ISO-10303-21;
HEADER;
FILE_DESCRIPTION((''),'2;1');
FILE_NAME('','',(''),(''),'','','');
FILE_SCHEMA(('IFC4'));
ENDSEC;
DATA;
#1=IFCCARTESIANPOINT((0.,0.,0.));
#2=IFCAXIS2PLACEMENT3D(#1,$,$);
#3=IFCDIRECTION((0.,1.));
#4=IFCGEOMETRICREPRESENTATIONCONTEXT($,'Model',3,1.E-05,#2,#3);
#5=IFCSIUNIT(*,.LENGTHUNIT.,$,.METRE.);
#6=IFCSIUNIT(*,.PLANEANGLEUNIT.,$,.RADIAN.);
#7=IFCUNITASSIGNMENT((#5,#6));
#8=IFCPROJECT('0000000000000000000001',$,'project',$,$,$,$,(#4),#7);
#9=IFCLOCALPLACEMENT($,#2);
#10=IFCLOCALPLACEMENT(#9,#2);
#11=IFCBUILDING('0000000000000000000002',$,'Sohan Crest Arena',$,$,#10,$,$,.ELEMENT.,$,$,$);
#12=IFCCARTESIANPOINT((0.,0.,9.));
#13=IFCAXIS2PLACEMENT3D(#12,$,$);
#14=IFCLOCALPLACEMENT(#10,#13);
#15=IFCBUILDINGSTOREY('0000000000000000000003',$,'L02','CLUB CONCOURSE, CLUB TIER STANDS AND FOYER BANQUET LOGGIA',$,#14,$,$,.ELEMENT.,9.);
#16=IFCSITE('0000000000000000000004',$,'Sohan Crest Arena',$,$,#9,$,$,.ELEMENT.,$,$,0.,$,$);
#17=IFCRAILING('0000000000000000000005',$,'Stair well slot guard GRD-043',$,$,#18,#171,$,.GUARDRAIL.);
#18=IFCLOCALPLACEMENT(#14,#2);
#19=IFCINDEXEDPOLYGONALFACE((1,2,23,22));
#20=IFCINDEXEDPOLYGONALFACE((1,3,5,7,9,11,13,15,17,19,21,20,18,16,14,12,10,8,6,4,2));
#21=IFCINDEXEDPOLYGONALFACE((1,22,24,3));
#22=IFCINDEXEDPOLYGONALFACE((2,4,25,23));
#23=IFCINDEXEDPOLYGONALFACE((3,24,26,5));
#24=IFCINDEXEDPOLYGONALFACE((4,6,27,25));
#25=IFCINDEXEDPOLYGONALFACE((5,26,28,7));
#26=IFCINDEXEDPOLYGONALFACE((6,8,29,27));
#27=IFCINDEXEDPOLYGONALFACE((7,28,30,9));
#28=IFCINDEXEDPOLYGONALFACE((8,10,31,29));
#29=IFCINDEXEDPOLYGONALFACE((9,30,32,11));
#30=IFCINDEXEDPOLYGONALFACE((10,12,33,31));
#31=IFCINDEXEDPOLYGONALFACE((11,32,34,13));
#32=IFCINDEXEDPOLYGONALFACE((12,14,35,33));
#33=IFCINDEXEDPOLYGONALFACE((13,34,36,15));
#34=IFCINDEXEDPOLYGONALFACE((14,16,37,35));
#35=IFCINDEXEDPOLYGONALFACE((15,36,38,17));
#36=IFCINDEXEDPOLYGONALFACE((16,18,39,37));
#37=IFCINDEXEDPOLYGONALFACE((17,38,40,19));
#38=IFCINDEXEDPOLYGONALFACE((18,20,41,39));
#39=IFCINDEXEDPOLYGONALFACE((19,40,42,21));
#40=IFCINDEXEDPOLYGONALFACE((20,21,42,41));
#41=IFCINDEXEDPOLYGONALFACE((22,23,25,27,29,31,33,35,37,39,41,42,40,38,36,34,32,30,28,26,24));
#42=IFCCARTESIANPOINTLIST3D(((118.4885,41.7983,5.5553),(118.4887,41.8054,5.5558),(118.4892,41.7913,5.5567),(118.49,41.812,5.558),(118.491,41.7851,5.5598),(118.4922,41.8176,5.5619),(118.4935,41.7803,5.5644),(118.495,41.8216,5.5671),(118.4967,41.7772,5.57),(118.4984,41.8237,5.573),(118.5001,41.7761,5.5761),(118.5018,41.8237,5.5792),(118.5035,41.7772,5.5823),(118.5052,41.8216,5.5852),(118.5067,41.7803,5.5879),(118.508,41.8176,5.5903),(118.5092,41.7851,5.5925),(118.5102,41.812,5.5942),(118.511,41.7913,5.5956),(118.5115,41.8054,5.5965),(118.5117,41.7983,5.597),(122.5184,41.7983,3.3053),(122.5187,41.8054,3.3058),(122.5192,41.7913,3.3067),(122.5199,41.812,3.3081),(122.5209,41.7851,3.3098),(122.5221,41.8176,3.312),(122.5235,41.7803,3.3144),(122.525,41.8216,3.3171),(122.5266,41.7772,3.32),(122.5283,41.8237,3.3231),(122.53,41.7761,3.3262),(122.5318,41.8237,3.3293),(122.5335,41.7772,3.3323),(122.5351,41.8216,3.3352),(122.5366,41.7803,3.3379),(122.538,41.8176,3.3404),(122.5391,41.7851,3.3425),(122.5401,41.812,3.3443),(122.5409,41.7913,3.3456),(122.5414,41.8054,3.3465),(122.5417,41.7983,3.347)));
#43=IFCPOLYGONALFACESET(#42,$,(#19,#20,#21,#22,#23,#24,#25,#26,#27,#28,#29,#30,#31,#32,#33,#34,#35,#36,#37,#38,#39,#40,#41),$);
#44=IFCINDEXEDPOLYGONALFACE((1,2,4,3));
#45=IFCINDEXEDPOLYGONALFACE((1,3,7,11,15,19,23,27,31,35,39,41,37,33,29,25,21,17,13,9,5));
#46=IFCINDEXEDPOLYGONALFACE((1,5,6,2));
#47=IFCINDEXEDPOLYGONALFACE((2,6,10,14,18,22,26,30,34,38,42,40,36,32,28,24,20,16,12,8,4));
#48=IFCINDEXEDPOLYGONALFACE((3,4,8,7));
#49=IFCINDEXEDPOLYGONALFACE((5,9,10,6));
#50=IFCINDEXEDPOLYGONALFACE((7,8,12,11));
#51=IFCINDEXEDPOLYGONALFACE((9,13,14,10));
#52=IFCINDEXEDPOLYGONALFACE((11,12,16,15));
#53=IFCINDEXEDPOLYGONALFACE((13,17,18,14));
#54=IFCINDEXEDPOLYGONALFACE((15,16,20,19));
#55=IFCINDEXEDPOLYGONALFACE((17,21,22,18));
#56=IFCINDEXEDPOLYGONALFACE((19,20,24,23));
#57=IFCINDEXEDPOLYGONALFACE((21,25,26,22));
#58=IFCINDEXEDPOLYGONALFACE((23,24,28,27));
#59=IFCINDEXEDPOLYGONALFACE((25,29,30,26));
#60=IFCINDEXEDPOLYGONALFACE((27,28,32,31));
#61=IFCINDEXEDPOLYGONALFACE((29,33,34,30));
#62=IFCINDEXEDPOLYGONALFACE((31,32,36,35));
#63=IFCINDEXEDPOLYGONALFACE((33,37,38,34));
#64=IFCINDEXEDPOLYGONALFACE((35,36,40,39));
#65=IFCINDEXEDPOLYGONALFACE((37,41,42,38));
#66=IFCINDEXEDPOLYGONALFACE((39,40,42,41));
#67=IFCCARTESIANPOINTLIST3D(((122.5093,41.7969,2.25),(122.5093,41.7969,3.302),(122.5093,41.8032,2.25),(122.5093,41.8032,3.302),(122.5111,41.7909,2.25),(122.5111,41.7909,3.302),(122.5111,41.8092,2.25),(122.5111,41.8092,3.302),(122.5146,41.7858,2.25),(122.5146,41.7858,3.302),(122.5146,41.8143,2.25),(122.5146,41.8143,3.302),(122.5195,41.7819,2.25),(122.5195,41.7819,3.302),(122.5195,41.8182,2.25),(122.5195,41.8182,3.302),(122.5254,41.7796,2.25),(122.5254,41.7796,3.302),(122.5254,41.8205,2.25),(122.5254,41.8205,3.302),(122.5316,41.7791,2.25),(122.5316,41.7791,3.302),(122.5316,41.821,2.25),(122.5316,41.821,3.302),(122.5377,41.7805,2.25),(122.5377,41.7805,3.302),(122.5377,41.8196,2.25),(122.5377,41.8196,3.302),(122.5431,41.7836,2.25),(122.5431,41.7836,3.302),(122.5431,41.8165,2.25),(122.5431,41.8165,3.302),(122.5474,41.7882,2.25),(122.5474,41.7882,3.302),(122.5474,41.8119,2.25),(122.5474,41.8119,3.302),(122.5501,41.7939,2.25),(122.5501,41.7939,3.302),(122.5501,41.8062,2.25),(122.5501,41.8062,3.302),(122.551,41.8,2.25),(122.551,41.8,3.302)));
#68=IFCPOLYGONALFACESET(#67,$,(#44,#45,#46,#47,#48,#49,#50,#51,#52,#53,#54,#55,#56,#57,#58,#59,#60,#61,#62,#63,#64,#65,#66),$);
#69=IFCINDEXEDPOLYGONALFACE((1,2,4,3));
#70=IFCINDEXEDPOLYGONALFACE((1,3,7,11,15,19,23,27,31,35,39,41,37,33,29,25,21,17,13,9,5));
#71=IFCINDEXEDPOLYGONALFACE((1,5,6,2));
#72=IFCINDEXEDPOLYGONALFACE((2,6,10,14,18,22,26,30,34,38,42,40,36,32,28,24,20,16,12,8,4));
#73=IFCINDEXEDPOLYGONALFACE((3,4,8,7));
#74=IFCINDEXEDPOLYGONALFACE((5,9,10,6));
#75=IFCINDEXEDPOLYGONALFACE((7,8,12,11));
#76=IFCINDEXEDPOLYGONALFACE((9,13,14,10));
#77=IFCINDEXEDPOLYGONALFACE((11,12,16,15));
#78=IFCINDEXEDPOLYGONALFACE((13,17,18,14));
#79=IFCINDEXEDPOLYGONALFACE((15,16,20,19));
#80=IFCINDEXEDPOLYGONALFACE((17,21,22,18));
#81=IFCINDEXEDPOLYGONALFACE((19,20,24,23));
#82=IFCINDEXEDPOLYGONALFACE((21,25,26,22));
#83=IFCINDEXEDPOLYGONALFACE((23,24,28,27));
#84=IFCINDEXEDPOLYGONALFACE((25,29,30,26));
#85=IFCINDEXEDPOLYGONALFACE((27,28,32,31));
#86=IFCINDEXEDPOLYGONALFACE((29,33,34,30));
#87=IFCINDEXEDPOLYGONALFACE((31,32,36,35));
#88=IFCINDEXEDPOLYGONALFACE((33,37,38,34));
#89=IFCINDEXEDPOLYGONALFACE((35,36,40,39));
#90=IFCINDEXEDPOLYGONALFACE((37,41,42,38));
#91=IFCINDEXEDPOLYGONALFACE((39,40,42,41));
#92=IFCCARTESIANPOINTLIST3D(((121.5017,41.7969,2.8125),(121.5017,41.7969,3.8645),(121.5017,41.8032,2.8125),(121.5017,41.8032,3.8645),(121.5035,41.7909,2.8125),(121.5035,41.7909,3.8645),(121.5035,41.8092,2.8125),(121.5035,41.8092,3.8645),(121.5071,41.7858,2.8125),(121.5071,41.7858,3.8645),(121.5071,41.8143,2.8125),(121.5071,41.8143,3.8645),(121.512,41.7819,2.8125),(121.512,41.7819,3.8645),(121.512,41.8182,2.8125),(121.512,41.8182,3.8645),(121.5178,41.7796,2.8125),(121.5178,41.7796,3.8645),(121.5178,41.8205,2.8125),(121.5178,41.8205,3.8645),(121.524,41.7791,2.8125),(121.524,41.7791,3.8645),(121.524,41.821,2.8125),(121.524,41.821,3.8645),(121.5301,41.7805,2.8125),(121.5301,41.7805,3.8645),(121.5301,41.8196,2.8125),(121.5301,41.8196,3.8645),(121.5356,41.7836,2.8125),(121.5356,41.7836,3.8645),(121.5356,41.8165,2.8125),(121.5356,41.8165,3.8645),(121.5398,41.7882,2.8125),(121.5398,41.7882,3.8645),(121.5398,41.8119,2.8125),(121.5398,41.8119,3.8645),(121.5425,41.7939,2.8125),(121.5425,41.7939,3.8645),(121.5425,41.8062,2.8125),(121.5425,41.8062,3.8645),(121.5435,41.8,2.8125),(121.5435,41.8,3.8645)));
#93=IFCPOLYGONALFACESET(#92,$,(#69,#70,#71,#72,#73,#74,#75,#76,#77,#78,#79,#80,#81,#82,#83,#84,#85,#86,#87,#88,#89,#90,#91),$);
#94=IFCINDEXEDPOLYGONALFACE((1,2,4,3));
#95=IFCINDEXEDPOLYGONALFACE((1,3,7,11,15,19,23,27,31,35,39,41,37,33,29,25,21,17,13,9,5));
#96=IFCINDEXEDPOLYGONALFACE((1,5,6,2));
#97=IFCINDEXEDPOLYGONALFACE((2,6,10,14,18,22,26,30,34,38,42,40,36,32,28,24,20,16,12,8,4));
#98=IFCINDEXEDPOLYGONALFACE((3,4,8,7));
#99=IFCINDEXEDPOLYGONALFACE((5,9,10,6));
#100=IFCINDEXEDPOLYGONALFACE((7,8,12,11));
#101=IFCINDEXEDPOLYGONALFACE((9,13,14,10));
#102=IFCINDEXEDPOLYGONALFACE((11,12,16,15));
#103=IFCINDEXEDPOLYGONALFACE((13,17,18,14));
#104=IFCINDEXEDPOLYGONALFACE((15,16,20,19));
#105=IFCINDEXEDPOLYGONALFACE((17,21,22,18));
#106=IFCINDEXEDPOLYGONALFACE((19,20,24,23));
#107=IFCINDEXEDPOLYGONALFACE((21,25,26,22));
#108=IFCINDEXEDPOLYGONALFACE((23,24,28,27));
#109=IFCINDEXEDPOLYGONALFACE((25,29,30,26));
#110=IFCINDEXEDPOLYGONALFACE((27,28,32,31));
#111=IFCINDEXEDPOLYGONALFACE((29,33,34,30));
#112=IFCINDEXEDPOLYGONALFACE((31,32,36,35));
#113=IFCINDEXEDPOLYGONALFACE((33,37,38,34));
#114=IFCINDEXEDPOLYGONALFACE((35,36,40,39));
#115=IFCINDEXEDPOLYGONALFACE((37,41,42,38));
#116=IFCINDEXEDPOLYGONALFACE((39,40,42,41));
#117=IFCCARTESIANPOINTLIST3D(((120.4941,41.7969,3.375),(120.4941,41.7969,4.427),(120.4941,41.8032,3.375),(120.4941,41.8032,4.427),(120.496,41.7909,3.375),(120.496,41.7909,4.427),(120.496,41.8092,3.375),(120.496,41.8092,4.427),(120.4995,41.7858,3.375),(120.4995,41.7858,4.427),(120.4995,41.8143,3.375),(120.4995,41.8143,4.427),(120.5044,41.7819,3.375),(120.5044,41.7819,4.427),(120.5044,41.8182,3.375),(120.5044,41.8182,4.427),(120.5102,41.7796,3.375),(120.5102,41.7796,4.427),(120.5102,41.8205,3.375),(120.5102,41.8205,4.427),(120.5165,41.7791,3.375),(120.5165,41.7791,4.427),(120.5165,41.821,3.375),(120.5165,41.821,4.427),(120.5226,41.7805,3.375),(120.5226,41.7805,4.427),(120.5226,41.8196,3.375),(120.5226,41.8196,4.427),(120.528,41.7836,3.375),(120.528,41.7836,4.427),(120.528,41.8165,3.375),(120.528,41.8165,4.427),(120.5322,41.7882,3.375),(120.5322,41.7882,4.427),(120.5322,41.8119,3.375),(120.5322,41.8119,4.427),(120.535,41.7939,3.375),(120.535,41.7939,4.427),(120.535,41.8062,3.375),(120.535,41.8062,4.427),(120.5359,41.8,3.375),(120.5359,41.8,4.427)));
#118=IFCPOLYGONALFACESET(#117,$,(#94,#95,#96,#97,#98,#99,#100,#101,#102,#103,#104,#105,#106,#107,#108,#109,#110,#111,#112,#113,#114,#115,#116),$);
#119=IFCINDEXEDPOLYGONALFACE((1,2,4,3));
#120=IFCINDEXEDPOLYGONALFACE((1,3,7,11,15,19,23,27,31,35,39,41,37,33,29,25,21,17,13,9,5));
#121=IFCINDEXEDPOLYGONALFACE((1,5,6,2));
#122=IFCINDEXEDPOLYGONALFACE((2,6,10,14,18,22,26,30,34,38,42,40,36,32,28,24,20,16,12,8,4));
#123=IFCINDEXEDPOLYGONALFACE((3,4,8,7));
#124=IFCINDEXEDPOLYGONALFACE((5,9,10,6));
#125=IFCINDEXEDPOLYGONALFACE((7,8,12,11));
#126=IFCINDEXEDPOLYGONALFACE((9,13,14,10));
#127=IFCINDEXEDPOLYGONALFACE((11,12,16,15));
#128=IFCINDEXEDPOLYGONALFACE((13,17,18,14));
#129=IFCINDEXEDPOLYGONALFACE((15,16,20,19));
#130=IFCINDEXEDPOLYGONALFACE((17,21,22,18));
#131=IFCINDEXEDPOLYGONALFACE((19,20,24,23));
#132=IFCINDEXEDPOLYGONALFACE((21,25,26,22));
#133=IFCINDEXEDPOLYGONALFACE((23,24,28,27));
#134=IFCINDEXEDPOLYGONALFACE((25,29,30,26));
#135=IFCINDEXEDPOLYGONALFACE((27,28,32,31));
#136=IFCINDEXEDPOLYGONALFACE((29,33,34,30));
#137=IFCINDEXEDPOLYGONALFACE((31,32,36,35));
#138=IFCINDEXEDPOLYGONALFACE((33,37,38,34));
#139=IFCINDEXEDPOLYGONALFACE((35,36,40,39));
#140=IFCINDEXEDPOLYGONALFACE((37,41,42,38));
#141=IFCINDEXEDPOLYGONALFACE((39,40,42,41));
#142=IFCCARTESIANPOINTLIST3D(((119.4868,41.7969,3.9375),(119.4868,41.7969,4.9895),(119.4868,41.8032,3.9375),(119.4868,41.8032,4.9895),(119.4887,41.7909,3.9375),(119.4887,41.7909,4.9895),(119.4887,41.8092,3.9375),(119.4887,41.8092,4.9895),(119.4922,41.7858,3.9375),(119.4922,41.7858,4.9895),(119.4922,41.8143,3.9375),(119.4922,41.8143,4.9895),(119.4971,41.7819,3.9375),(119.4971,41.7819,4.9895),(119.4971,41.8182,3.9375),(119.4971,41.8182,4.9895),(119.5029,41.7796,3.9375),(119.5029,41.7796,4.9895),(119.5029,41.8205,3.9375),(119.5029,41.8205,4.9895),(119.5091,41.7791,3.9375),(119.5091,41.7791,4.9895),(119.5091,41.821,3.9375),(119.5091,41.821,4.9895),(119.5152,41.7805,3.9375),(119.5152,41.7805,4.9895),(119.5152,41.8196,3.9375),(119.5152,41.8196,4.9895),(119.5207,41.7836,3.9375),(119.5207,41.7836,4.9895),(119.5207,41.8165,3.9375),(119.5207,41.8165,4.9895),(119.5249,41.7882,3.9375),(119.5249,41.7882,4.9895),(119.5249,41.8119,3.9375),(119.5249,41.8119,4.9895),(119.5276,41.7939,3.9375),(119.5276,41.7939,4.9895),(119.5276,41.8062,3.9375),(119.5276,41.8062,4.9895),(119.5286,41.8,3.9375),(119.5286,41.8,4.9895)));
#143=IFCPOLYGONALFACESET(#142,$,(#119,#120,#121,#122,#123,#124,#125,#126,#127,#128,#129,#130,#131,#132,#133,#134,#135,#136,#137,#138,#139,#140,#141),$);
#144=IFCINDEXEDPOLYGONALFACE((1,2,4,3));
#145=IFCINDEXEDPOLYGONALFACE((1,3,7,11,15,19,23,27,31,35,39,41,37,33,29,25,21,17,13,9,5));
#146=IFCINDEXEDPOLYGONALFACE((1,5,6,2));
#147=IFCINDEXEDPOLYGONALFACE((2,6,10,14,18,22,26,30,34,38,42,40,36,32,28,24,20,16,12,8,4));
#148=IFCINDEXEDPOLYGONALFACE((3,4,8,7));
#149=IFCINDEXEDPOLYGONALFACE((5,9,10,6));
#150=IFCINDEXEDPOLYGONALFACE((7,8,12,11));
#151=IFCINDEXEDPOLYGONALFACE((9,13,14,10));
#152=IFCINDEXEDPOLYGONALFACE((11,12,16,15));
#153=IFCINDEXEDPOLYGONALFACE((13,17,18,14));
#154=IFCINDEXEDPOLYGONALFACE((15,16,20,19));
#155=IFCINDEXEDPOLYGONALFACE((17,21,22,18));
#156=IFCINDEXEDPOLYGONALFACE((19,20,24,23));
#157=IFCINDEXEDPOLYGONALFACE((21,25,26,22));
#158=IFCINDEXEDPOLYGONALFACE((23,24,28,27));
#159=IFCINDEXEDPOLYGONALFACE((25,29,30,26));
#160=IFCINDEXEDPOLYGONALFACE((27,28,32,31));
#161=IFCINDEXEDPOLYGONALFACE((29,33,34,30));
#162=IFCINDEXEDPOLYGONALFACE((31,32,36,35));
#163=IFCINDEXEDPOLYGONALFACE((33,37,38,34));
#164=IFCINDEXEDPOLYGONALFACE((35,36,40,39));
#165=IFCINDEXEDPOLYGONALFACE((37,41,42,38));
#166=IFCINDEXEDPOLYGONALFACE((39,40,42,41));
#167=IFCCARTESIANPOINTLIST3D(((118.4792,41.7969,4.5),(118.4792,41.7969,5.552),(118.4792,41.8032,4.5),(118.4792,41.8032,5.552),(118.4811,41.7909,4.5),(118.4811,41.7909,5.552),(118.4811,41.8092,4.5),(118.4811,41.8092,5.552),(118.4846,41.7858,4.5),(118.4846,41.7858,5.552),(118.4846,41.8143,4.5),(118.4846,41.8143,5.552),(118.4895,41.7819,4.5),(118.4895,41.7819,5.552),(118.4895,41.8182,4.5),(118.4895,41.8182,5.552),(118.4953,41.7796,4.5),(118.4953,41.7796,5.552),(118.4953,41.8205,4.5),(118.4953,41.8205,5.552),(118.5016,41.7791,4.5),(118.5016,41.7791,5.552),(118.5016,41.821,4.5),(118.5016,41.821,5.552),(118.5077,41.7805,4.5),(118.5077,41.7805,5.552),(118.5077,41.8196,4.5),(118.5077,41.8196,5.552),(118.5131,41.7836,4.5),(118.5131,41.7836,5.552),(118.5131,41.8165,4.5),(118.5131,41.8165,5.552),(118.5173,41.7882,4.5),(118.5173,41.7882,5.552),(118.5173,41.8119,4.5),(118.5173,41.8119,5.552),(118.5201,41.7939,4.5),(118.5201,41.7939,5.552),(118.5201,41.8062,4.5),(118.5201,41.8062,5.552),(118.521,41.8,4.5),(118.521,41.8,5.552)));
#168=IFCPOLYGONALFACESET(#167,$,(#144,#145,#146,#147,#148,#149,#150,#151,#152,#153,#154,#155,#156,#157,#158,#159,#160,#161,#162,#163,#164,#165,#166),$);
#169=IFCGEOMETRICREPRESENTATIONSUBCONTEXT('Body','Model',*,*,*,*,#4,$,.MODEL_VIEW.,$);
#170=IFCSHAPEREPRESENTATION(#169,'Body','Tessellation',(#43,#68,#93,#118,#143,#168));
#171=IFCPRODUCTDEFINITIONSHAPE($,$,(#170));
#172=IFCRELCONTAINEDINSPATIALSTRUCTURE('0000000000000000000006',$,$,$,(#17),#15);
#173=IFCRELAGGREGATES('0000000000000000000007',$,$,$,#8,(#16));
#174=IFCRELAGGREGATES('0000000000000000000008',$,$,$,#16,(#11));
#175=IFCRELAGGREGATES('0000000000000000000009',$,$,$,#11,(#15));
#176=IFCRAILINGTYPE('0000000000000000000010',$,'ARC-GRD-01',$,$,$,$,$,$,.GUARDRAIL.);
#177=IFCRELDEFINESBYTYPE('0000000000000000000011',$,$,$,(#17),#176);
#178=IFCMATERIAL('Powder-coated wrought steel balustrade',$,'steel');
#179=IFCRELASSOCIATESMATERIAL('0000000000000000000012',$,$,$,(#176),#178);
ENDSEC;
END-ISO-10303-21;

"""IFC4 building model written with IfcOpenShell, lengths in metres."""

from ifc_helpers import new_model, si_unit, direction, frame, origin, origin_2d, place, context, subcontext, project, spatial, circle, extrude, material, type_object, element, save


model = new_model("IFC4")

# Units and contexts
model_context = context("Model", 3, precision=1e-05, world=origin(), true_north=direction((0.0, 1.0)))
body_context = subcontext(model_context, "Body", "Model", "MODEL_VIEW")
ifc_project = project(units=[si_unit("LENGTHUNIT", "METRE"), si_unit("PLANEANGLEUNIT", "RADIAN")], contexts=[model_context])

# Site, building, storey
site_placement = place(None, origin())
site = spatial("IfcSite", under=ifc_project, at=site_placement, Name="Sohan Crest Arena", CompositionType="ELEMENT", RefElevation=0.0)
building_placement = place(site_placement, origin())
building = spatial("IfcBuilding", under=site, at=building_placement, Name="Sohan Crest Arena", CompositionType="ELEMENT")
storey_placement = place(building_placement, frame((0.0, 0.0, 9.0)))
storey = spatial("IfcBuildingStorey", under=building, at=storey_placement, Name="L02", Description="CLUB CONCOURSE, CLUB TIER STANDS AND FOYER BANQUET LOGGIA", CompositionType="ELEMENT", Elevation=9.0)

# Railing
ifc_material_1 = material(Name="Powder-coated wrought steel balustrade", Category="steel")
railing_type_1 = type_object("IfcRailingType", Name="ARC-GRD-01", PredefinedType="GUARDRAIL", material=ifc_material_1)
for number, where, name in (
    (1, (122.53, 41.8, 2.25), "Stair well slot guard GRD-043"),
):
    element("IfcRailing", number, at=place(storey_placement, frame(where)), inside=storey, type_object=railing_type_1, Name=name, PredefinedType="GUARDRAIL", context=body_context, shape_type="SweptSolid", body=[
        extrude(circle(Radius=0.0239, at=origin_2d()), frame((0.0, 0.0, 1.0762), z_axis=(-0.873135, 0.0, 0.487479), x_axis=(0.0, -1.0, 0.0)), (0.0, 0.0, 1.0), 4.6155),
        extrude(circle(Radius=0.021, at=origin_2d()), origin(), (0.0, 0.0, 1.0), 1.052),
        extrude(circle(Radius=0.021, at=origin_2d()), frame((-1.0076, 0.0, 0.5625)), (0.0, 0.0, 1.0), 1.052),
        extrude(circle(Radius=0.021, at=origin_2d()), frame((-2.0151, 0.0, 1.125)), (0.0, 0.0, 1.0), 1.052),
        extrude(circle(Radius=0.021, at=origin_2d()), frame((-3.0225, 0.0, 1.6875)), (0.0, 0.0, 1.0), 1.052),
        extrude(circle(Radius=0.021, at=origin_2d()), frame((-4.03, 0.0, 2.25)), (0.0, 0.0, 1.0), 1.052),
    ])

save(model, "model.ifc")
